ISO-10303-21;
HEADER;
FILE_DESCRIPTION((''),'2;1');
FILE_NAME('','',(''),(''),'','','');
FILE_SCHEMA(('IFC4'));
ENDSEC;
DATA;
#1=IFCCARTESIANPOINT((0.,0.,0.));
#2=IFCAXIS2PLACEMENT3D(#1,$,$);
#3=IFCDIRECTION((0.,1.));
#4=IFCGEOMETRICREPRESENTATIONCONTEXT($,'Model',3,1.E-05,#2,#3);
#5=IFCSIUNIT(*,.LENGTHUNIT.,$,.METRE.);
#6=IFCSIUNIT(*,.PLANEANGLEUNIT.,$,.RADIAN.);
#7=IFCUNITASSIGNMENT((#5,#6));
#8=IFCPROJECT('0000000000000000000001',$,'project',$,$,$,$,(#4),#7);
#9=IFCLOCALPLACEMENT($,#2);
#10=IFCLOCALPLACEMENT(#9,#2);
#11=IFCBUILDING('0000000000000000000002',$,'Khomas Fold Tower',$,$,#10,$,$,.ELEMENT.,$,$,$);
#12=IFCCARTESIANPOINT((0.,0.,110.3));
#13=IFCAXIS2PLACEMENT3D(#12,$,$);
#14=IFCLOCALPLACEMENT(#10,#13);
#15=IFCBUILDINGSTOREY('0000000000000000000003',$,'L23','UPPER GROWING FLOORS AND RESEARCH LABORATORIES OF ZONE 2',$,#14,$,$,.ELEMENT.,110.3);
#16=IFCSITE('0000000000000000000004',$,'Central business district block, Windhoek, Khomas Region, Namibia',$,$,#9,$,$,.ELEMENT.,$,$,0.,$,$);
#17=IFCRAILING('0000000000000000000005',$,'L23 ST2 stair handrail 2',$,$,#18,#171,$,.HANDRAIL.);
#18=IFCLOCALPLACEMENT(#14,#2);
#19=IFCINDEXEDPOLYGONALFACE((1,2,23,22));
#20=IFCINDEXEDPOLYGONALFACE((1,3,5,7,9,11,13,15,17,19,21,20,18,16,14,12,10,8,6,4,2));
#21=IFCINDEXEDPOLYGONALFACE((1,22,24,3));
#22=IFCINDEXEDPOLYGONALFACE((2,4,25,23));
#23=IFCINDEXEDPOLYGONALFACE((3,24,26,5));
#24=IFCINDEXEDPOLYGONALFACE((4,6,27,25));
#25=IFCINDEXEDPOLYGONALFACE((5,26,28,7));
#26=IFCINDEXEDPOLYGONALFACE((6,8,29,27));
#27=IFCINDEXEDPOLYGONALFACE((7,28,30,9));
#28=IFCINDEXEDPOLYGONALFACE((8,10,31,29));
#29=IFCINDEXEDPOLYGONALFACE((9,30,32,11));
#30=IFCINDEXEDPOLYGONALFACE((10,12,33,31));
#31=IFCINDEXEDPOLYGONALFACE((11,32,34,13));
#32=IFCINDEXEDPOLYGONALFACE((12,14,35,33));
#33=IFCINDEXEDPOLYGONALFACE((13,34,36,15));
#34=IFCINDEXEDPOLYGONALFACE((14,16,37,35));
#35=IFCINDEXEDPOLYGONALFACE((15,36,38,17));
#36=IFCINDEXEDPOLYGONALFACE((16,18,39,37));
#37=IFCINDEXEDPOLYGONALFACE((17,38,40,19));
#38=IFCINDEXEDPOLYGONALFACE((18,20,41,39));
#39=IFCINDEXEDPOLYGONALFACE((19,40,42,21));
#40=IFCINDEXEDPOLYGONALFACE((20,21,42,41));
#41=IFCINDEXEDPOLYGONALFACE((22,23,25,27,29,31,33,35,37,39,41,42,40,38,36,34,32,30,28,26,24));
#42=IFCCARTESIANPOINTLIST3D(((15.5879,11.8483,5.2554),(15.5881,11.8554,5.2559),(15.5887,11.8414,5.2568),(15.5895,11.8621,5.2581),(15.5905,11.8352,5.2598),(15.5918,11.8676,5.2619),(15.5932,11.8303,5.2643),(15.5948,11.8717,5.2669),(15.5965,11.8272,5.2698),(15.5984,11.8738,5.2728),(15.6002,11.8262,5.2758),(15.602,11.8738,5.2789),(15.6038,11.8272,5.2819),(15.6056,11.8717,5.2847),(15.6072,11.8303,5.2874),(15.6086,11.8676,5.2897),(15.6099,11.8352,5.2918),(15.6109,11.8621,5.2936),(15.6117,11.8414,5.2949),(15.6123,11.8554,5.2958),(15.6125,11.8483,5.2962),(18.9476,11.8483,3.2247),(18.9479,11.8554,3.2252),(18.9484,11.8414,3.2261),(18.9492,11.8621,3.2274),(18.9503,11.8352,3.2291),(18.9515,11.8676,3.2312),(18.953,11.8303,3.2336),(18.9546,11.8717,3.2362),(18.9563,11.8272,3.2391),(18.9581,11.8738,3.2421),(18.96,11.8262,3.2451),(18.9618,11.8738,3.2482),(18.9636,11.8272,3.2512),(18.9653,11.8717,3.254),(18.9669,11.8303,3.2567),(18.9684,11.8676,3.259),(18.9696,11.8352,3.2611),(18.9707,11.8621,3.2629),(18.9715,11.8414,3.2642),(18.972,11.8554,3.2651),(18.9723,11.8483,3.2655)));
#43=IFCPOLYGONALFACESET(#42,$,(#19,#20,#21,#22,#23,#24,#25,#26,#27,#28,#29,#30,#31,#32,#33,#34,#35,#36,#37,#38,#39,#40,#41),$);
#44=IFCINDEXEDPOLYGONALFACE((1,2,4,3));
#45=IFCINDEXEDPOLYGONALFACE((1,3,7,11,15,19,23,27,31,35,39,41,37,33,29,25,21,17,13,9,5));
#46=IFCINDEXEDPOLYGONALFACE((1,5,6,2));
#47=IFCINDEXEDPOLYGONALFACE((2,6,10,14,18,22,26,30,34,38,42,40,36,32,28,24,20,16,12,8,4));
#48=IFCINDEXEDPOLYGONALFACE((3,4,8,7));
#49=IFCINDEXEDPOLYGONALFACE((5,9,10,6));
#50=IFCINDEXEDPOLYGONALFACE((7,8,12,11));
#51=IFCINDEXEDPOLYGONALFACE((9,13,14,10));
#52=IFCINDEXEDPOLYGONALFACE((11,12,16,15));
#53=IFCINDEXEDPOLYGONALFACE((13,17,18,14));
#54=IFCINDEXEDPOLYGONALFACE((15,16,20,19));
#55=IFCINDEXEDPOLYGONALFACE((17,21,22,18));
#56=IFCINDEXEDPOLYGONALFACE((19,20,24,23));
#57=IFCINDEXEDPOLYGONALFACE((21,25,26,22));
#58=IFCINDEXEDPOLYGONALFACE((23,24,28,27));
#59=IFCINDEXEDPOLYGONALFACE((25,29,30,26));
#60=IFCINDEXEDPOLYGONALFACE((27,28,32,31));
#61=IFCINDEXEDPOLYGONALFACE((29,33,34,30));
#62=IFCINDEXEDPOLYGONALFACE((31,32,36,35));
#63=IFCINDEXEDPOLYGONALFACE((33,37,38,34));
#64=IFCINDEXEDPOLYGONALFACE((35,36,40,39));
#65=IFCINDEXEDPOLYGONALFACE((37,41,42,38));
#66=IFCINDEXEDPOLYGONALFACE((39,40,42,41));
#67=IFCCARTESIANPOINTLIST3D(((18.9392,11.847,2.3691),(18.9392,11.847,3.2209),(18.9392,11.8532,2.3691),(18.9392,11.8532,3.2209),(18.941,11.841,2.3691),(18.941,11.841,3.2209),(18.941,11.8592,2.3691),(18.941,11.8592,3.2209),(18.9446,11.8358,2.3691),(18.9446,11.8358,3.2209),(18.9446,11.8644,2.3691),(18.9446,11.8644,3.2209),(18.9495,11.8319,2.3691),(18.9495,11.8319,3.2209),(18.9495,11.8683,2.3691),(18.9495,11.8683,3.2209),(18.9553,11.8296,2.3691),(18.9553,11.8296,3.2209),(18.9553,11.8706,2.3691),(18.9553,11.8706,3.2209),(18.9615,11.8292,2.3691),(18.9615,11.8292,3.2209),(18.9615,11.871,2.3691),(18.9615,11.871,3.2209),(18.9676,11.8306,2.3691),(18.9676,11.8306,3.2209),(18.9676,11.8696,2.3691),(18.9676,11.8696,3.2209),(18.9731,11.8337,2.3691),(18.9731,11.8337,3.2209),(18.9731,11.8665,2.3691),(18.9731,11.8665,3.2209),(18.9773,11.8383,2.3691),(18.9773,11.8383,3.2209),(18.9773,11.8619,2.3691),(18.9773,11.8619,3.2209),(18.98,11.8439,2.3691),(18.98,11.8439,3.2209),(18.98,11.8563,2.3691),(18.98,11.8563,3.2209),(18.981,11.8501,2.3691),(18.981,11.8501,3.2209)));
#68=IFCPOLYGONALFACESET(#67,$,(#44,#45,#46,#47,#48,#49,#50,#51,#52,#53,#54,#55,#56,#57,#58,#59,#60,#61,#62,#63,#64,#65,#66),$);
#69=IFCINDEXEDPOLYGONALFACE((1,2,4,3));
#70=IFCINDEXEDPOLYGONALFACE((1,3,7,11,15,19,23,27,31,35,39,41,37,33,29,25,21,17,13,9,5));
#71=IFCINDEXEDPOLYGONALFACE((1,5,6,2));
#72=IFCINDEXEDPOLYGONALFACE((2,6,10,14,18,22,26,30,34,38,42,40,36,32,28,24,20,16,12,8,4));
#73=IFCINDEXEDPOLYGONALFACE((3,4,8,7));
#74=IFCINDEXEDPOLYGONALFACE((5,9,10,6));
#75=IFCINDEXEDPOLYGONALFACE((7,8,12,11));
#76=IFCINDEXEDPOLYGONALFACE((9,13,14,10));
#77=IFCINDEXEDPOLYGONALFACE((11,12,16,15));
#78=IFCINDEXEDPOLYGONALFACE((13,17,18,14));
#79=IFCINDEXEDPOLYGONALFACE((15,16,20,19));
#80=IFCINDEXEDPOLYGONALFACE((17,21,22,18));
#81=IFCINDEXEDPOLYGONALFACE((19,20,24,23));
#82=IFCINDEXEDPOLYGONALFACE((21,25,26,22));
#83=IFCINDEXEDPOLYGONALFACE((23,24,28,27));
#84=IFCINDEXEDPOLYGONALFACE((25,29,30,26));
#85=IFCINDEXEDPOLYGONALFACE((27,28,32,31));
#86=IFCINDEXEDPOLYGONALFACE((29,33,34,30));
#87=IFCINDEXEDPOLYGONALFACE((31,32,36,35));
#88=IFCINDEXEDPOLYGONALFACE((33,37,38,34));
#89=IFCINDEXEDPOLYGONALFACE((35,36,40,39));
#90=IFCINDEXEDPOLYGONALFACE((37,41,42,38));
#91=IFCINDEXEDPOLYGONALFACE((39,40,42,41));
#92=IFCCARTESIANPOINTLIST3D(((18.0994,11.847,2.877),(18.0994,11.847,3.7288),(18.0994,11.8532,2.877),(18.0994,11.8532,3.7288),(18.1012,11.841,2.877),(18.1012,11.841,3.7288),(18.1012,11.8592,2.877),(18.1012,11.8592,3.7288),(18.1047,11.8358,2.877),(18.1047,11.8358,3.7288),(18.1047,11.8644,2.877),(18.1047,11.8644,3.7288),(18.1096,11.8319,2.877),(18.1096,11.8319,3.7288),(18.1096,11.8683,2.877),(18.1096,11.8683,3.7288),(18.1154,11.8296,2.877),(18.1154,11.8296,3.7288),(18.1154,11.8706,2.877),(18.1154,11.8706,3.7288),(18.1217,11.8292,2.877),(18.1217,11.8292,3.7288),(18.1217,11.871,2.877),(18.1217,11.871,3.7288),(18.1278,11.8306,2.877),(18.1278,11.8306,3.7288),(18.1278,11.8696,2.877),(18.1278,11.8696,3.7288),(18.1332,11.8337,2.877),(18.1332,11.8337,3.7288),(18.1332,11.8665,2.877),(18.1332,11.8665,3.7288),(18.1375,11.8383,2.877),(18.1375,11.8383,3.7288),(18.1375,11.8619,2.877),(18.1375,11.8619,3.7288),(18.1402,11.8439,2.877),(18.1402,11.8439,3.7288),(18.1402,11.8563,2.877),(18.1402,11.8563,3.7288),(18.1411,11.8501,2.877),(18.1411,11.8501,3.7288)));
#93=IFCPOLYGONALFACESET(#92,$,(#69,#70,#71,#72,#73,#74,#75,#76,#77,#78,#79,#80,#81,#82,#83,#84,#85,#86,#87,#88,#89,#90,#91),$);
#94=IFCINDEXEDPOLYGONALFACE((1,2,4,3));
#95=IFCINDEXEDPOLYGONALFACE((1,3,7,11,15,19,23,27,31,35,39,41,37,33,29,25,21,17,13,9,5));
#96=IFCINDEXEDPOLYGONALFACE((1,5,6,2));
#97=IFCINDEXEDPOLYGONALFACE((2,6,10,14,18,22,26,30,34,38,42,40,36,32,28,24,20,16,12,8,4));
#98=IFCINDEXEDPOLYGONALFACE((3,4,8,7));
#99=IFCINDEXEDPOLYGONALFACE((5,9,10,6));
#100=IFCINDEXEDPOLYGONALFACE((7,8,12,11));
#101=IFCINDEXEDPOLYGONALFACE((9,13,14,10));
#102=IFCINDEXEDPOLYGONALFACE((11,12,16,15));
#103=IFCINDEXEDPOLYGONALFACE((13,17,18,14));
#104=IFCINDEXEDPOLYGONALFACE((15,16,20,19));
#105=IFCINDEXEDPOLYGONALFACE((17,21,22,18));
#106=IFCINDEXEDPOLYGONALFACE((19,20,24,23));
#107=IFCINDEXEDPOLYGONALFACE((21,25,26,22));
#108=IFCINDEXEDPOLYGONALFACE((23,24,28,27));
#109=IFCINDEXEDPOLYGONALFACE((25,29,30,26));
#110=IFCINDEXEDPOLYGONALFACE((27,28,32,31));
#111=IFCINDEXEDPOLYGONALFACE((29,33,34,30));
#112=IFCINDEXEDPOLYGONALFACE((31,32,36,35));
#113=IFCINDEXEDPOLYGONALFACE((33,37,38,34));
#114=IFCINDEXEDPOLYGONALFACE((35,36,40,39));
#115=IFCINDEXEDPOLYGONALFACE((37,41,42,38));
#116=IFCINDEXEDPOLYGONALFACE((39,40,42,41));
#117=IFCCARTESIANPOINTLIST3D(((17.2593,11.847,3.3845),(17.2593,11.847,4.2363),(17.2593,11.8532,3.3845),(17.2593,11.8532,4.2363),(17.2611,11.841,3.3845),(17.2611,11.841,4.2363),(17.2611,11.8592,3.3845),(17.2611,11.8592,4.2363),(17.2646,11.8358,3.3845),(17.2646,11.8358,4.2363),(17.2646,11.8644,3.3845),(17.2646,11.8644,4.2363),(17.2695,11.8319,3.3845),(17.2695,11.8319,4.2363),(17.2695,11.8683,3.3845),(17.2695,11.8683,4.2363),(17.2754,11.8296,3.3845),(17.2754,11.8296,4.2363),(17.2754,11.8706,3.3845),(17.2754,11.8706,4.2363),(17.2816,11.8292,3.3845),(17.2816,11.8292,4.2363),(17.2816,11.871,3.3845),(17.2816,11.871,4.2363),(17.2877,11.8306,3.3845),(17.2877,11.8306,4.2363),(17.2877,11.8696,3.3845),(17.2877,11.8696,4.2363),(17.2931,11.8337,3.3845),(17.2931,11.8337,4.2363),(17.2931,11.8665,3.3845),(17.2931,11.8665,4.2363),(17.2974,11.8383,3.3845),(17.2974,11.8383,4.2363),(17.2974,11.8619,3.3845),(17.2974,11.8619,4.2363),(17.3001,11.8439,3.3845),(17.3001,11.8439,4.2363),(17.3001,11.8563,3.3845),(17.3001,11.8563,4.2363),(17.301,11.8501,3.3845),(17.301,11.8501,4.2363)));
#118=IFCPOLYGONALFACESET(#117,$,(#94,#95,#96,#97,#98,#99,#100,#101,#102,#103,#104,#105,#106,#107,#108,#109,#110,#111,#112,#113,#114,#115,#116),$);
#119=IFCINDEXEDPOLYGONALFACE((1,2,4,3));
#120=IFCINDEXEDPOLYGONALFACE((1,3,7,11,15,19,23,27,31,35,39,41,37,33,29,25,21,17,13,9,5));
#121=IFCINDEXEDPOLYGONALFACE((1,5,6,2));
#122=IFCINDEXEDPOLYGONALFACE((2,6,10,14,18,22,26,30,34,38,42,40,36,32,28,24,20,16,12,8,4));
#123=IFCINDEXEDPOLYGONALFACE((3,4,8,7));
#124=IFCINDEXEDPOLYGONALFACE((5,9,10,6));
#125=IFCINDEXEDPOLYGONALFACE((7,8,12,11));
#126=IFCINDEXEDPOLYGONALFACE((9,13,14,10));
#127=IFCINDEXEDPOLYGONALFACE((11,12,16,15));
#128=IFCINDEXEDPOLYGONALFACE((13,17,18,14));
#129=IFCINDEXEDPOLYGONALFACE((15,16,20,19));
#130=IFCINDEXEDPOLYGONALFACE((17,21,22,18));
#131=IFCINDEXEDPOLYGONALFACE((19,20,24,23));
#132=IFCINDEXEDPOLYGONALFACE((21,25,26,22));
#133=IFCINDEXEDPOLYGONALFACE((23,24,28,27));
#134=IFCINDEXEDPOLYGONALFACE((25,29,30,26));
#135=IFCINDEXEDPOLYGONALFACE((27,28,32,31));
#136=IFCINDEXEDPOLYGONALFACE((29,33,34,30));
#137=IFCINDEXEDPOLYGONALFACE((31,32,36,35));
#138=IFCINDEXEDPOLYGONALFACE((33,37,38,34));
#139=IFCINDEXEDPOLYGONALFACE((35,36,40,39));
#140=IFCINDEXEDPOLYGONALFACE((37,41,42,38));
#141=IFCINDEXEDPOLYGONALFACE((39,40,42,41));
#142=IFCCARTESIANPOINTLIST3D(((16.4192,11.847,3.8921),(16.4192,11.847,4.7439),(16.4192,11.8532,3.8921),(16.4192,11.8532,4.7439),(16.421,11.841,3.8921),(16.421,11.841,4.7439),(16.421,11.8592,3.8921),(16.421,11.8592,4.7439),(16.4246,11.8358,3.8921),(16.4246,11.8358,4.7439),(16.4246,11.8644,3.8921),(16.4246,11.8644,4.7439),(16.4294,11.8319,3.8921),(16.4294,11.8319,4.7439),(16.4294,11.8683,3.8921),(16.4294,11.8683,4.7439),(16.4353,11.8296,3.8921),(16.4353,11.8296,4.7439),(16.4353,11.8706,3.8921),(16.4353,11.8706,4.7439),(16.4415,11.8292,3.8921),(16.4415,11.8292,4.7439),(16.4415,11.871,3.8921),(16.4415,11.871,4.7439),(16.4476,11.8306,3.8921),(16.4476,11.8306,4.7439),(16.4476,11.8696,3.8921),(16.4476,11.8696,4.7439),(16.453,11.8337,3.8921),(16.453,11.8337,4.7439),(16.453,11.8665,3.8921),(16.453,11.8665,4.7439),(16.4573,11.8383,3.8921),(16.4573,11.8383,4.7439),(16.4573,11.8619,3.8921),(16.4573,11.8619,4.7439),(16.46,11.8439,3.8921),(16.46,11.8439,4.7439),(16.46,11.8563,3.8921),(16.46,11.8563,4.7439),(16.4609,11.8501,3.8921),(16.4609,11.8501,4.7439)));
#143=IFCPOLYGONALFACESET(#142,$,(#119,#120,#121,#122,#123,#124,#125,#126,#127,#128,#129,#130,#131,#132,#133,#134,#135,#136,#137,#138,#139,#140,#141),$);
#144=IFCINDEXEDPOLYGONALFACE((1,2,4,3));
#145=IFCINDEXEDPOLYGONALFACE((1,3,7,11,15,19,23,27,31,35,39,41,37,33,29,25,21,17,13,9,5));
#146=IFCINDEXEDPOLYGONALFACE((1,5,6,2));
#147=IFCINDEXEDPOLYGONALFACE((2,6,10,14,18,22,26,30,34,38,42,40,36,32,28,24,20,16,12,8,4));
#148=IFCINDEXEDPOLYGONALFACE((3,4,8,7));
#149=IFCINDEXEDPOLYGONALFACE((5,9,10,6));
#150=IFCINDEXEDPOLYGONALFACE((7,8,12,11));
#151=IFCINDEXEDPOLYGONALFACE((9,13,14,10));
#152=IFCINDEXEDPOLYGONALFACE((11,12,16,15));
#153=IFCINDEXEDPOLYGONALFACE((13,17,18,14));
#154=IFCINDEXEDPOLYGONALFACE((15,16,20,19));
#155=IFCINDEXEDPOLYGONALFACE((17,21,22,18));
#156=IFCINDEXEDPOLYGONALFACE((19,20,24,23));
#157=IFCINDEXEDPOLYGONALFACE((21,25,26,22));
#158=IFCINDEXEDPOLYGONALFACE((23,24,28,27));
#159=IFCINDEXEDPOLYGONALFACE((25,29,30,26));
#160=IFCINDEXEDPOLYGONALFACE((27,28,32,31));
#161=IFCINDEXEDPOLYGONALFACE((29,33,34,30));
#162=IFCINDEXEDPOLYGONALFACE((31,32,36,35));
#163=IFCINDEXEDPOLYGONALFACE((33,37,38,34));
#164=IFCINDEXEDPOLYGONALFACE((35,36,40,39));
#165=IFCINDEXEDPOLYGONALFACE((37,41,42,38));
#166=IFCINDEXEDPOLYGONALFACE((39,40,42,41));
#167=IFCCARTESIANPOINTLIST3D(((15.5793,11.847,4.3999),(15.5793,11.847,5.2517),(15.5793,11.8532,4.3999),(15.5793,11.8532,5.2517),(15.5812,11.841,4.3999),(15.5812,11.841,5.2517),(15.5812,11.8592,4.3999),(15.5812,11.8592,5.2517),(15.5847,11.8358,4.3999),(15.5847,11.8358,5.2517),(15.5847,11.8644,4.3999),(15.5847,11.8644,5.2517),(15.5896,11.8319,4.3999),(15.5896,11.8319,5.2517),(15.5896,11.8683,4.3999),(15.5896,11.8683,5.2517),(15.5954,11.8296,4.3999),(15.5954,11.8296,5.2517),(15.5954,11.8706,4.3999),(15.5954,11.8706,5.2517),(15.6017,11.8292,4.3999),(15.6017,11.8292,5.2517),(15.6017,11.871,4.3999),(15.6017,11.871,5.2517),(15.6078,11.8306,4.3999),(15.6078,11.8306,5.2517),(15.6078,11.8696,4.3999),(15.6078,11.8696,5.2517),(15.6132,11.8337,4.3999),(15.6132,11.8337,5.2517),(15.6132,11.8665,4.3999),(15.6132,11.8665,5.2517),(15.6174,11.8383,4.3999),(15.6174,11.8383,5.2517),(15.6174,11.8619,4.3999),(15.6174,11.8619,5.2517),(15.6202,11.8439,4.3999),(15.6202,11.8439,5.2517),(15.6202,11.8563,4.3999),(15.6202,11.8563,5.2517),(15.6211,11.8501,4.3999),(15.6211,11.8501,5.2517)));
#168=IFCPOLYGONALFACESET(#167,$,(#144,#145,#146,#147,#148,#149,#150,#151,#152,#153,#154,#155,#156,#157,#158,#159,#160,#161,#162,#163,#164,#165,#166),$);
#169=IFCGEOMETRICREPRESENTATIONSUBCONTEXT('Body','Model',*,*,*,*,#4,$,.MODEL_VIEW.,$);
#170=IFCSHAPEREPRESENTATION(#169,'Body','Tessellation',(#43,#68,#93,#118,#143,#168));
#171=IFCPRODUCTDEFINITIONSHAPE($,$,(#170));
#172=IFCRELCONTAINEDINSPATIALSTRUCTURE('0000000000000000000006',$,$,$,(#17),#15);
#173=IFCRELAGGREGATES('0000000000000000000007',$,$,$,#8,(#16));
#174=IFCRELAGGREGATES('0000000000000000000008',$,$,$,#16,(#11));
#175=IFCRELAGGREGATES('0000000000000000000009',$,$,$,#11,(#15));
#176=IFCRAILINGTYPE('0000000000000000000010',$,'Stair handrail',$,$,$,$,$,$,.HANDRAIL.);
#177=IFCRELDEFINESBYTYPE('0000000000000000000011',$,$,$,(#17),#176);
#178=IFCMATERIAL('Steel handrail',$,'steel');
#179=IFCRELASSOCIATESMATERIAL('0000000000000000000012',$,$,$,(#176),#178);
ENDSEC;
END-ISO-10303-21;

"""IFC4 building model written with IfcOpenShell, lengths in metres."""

from ifc_helpers import new_model, si_unit, direction, frame, origin, origin_2d, place, context, subcontext, project, spatial, circle, extrude, source, transform, mapped, material, type_object, element, save


model = new_model("IFC4")

# Units and contexts
model_context = context("Model", 3, precision=1e-05, world=origin(), true_north=direction((0.0, 1.0)))
body_context = subcontext(model_context, "Body", "Model", "MODEL_VIEW")
ifc_project = project(units=[si_unit("LENGTHUNIT", "METRE"), si_unit("PLANEANGLEUNIT", "RADIAN")], contexts=[model_context])

# Site, building, storey
site_placement = place(None, origin())
site = spatial("IfcSite", under=ifc_project, at=site_placement, Name="Central business district block, Windhoek, Khomas Region, Namibia", CompositionType="ELEMENT", RefElevation=0.0)
building_placement = place(site_placement, origin())
building = spatial("IfcBuilding", under=site, at=building_placement, Name="Khomas Fold Tower", CompositionType="ELEMENT")
storey_placement = place(building_placement, frame((0.0, 0.0, 110.3)))
storey = spatial("IfcBuildingStorey", under=building, at=storey_placement, Name="L23", Description="UPPER GROWING FLOORS AND RESEARCH LABORATORIES OF ZONE 2", CompositionType="ELEMENT", Elevation=110.3)

# Railing
ifc_material_1 = material(Name="Steel handrail", Category="steel")
railing_type_1 = type_object("IfcRailingType", Name="Stair handrail", PredefinedType="HANDRAIL", material=ifc_material_1)
shared_shape_1 = source(origin(), body_context, "Body", "SweptSolid", [
    extrude(circle(Radius=0.0239, at=origin_2d()), frame((0.0, 0.0, 0.876), z_axis=(-0.85582, 0.0, 0.517273), x_axis=(0.0, -1.0, 0.0)), (0.0, 0.0, 1.0), 3.9258),
    extrude(circle(Radius=0.021, at=origin_2d()), origin(), (0.0, 0.0, 1.0), 0.8518),
    extrude(circle(Radius=0.021, at=origin_2d()), frame((-0.8398, 0.0, 0.5078)), (0.0, 0.0, 1.0), 0.8518),
    extrude(circle(Radius=0.021, at=origin_2d()), frame((-1.6799, 0.0, 1.0154)), (0.0, 0.0, 1.0), 0.8518),
    extrude(circle(Radius=0.021, at=origin_2d()), frame((-2.52, 0.0, 1.5229)), (0.0, 0.0, 1.0), 0.8518),
    extrude(circle(Radius=0.021, at=origin_2d()), frame((-3.3599, 0.0, 2.0308)), (0.0, 0.0, 1.0), 0.8518),
])
railing_1_placement = place(storey_placement, frame((18.96, 11.8501, 2.3691)))
element("IfcRailing", 1, at=railing_1_placement, inside=storey, type_object=railing_type_1, Name="L23 ST2 stair handrail 2", PredefinedType="HANDRAIL", context=body_context, shape_type="MappedRepresentation", body=[
    mapped(shared_shape_1, transform((0.0, 0.0, 0.0))),
])

save(model, "model.ifc")
